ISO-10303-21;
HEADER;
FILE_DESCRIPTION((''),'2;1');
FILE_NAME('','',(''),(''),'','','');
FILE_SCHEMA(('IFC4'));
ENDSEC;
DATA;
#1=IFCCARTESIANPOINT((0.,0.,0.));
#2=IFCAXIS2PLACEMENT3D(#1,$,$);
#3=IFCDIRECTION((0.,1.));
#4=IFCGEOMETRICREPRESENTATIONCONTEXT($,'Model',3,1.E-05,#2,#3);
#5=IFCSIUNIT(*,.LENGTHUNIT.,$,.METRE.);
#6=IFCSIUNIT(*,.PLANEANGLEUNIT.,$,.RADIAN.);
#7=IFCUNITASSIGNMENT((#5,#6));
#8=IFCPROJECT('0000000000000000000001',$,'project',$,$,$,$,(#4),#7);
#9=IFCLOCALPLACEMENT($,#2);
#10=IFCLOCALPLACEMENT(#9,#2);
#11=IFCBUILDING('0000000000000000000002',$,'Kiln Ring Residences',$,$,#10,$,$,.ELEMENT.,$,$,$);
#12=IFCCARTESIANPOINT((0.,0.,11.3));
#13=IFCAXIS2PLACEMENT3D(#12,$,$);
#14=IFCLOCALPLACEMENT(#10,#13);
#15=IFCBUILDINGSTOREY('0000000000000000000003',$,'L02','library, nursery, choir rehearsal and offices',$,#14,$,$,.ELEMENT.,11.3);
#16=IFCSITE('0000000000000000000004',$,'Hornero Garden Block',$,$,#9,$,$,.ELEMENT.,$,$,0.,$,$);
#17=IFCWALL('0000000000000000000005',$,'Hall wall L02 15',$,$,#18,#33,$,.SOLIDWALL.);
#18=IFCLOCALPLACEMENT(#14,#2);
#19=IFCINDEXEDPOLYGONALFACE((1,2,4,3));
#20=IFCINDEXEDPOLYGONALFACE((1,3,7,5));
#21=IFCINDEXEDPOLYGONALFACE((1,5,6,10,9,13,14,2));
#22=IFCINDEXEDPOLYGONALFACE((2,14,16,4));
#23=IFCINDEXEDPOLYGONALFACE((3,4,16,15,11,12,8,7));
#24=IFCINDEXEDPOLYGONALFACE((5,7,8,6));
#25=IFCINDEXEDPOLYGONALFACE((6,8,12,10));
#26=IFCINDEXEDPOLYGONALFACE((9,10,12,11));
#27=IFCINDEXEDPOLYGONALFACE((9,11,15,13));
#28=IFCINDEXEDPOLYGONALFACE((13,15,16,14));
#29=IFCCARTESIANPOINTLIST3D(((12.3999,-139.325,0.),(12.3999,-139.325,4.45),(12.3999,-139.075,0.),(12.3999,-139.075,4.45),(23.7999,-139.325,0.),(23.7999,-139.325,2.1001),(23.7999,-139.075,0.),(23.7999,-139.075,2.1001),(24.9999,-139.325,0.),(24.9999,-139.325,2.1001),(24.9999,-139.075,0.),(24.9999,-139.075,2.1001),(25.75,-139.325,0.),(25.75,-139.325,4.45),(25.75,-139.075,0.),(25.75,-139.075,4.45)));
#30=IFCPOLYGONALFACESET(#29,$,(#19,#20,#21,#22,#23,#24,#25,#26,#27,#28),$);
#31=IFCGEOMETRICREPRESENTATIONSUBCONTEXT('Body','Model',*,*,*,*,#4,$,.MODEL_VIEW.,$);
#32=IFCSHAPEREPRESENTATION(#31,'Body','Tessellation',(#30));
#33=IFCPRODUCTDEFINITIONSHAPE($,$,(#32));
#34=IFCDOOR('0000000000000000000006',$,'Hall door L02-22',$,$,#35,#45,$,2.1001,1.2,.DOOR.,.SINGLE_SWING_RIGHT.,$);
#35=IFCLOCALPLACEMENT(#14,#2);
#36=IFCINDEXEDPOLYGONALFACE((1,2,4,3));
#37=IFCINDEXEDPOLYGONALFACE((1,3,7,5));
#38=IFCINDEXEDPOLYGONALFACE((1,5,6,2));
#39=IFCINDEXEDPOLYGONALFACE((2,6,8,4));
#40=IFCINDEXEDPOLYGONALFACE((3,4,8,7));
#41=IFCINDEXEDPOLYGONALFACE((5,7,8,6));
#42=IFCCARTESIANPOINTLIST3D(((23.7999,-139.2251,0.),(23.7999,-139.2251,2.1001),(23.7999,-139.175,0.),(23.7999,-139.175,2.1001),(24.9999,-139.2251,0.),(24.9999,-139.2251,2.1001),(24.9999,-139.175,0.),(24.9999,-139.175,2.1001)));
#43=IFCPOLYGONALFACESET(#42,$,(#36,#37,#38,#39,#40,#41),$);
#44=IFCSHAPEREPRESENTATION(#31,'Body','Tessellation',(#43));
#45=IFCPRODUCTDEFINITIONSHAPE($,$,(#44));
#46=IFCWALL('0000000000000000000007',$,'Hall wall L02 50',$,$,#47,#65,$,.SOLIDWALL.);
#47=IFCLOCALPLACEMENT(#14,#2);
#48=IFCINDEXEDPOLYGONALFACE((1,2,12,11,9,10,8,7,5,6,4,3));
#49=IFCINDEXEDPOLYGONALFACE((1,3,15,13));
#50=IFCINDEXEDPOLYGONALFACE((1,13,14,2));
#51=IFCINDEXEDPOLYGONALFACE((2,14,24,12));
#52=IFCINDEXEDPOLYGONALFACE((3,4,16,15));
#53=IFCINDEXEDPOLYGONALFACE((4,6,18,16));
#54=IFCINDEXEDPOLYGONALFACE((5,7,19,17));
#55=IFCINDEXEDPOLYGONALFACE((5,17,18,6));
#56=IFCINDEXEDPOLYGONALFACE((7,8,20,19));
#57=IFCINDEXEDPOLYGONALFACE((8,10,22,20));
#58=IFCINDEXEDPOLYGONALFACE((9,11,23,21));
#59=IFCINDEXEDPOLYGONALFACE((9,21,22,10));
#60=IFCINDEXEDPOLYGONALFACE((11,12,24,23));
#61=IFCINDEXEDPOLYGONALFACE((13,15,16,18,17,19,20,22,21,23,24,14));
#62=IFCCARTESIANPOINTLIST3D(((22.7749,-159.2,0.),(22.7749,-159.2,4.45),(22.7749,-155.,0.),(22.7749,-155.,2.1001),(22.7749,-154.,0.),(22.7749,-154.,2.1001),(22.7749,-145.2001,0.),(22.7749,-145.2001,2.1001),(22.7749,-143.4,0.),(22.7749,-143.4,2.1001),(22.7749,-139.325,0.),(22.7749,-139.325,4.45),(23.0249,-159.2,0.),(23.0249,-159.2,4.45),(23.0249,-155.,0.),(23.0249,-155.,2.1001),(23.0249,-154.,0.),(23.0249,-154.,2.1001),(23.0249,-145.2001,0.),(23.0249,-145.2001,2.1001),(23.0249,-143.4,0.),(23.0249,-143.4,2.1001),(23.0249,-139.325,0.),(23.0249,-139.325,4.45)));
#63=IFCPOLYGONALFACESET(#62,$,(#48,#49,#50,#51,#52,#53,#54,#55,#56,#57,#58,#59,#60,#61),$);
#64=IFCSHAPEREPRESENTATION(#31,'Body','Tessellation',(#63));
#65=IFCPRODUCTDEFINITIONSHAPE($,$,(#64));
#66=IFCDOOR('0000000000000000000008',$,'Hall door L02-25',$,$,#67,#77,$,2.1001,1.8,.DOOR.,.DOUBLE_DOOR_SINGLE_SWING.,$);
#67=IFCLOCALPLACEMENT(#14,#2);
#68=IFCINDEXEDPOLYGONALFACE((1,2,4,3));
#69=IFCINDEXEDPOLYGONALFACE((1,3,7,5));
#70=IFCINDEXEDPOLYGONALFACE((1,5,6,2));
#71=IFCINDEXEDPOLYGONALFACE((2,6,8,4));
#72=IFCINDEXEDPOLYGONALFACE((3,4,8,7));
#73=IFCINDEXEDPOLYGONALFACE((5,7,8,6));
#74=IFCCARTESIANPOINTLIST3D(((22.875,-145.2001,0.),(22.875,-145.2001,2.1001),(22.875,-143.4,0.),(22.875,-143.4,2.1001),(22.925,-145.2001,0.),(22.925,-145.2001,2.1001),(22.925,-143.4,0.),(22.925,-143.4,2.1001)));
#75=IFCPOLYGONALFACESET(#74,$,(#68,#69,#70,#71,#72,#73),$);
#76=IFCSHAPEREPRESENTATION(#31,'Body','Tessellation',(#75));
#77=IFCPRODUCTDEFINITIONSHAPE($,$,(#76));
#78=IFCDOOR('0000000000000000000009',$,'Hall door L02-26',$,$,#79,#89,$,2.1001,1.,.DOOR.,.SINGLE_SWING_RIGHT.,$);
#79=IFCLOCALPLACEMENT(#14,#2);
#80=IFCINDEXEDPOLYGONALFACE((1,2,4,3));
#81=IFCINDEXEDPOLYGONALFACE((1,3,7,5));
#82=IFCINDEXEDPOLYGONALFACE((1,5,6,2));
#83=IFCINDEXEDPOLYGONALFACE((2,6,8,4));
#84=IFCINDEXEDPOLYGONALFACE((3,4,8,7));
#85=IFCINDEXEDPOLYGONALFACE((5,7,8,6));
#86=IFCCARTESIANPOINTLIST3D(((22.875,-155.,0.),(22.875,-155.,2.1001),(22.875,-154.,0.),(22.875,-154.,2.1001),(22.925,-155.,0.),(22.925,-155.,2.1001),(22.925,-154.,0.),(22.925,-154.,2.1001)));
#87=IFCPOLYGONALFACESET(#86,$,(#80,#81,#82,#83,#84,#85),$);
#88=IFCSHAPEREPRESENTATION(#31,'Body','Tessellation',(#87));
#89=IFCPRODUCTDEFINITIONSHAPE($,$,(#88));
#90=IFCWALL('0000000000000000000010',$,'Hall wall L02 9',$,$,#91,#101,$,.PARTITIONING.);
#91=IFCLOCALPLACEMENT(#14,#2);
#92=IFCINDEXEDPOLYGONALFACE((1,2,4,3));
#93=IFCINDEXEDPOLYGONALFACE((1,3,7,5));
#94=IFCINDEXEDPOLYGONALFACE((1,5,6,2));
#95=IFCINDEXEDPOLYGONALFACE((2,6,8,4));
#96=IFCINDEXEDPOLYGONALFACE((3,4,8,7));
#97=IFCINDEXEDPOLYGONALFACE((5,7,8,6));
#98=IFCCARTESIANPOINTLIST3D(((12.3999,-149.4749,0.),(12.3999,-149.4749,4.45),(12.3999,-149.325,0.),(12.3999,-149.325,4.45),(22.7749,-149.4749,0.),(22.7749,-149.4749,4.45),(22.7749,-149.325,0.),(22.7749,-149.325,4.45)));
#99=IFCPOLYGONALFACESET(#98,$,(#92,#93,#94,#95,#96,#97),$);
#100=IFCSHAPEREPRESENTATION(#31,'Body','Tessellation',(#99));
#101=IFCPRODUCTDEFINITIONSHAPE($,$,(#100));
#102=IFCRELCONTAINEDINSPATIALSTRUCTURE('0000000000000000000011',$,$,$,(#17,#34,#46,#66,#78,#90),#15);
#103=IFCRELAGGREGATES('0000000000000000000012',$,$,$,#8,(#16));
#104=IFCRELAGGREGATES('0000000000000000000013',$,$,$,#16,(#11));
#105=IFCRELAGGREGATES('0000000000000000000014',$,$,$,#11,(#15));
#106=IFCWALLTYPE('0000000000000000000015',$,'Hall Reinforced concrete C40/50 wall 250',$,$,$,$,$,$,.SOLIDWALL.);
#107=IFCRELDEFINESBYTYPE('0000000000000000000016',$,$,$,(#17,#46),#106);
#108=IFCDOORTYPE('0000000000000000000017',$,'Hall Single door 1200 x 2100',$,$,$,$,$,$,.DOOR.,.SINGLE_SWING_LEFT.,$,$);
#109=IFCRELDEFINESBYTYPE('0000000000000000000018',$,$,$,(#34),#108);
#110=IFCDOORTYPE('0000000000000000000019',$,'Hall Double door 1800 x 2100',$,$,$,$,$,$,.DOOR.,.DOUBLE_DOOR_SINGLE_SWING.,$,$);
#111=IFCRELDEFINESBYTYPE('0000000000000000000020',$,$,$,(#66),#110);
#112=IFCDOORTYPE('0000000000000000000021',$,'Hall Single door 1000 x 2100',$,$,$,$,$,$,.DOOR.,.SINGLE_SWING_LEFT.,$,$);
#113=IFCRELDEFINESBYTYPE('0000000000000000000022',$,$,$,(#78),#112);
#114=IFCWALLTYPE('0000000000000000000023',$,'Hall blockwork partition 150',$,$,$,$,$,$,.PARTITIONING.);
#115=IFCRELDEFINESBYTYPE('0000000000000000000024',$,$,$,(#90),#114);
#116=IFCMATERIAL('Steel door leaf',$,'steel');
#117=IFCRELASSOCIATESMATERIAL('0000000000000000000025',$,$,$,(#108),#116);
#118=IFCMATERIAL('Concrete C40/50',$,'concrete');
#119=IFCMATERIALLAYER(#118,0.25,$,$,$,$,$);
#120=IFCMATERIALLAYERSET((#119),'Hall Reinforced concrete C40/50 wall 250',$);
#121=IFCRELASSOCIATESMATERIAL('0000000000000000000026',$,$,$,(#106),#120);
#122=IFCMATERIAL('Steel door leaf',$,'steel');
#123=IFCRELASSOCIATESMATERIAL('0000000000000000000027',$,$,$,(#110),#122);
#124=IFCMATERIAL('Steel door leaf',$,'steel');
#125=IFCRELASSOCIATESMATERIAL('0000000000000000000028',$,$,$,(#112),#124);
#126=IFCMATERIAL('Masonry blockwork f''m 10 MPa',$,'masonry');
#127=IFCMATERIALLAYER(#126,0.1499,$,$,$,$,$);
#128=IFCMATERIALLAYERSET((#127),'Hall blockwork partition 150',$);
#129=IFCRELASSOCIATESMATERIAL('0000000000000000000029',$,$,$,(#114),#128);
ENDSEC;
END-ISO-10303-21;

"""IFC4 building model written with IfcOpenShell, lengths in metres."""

from ifc_helpers import new_model, si_unit, direction, frame, frame_2d, origin, place, context, subcontext, project, spatial, rectangle, extrude, material, layer, layer_set, type_object, element, fill, save


model = new_model("IFC4")

# Units and contexts
model_context = context("Model", 3, precision=1e-05, world=origin(), true_north=direction((0.0, 1.0)))
body_context = subcontext(model_context, "Body", "Model", "MODEL_VIEW")
ifc_project = project(units=[si_unit("LENGTHUNIT", "METRE"), si_unit("PLANEANGLEUNIT", "RADIAN")], contexts=[model_context])

# Site, building, storey
site_placement = place(None, origin())
site = spatial("IfcSite", under=ifc_project, at=site_placement, Name="Hornero Garden Block", CompositionType="ELEMENT", RefElevation=0.0)
building_placement = place(site_placement, origin())
building = spatial("IfcBuilding", under=site, at=building_placement, Name="Kiln Ring Residences", CompositionType="ELEMENT")
storey_placement = place(building_placement, frame((0.0, 0.0, 11.3)))
storey = spatial("IfcBuildingStorey", under=building, at=storey_placement, Name="L02", Description="library, nursery, choir rehearsal and offices", CompositionType="ELEMENT", Elevation=11.3)

# Shared definitions
ifc_material_1 = material(Name="Steel door leaf", Category="steel")
door_type_1 = type_object("IfcDoorType", Name="Hall Single door 1200 x 2100", OperationType="SINGLE_SWING_LEFT", PredefinedType="DOOR", material=ifc_material_1)

# Wall, opening, door
ifc_material_2 = material(Name="Concrete C40/50", Category="concrete")
ifc_layer_1 = layer(ifc_material_2, 0.25)
ifc_layer_set_1 = layer_set([ifc_layer_1], Name="Hall Reinforced concrete C40/50 wall 250")
wall_type_1 = type_object("IfcWallType", Name="Hall Reinforced concrete C40/50 wall 250", PredefinedType="SOLIDWALL", material=ifc_layer_set_1)
wall_1_placement = place(storey_placement, frame((12.3999, -139.2, 0.0), z_axis=(0.0, 0.0, 1.0), x_axis=(1.0, 0.0, 0.0)))
wall_1 = element("IfcWall", 1, at=wall_1_placement, inside=storey, type_object=wall_type_1, Name="Hall wall L02 15", PredefinedType="SOLIDWALL", context=body_context, shape_type="SweptSolid", body=[
    extrude(rectangle(XDim=13.3501, YDim=0.25, at=frame_2d((6.675, 0.0))), origin(), (0.0, 0.0, 1.0), 4.45),
])
opening_1_placement = place(wall_1_placement, frame((11.3999, 0.0, 0.0)))
opening_1 = element("IfcOpeningElement", 2, at=opening_1_placement, cuts=wall_1, PredefinedType="OPENING", context=body_context, shape_type="SweptSolid", body=[
    extrude(rectangle(XDim=1.2, YDim=2.1001, at=frame_2d((0.6001, 1.05))), frame((0.0, 0.135, 0.0), z_axis=(0.0, -1.0, 0.0), x_axis=(1.0, 0.0, 0.0)), (0.0, 0.0, 1.0), 0.27),
])
door_1_placement = place(opening_1_placement, origin())
door_1 = element("IfcDoor", 3, at=door_1_placement, inside=storey, type_object=door_type_1, Name="Hall door L02-22", OperationType="SINGLE_SWING_RIGHT", OverallHeight=2.1001, OverallWidth=1.2, PredefinedType="DOOR", context=body_context, shape_type="SweptSolid", body=[
    extrude(rectangle(XDim=1.2, YDim=2.1001, at=frame_2d((0.6001, 1.05))), frame((0.0, 0.0249, 0.0), z_axis=(0.0, -1.0, 0.0), x_axis=(1.0, 0.0, 0.0)), (0.0, 0.0, 1.0), 0.05),
])
fill(opening_1, door_1)

# Wall, openings, doors
wall_2_placement = place(storey_placement, frame((22.8999, -159.2, 0.0), z_axis=(0.0, 0.0, 1.0), x_axis=(0.0, 1.0, 0.0)))
wall_2 = element("IfcWall", 4, at=wall_2_placement, inside=storey, type_object=wall_type_1, Name="Hall wall L02 50", PredefinedType="SOLIDWALL", context=body_context, shape_type="SweptSolid", body=[
    extrude(rectangle(XDim=19.875, YDim=0.25, at=frame_2d((9.9375, 0.0))), origin(), (0.0, 0.0, 1.0), 4.45),
])
opening_2_placement = place(wall_2_placement, frame((14.0, 0.0, 0.0)))
opening_2 = element("IfcOpeningElement", 5, at=opening_2_placement, cuts=wall_2, PredefinedType="OPENING", context=body_context, shape_type="SweptSolid", body=[
    extrude(rectangle(XDim=1.8, YDim=2.1001, at=frame_2d((0.8999, 1.05))), frame((0.0, 0.135, 0.0), z_axis=(0.0, -1.0, 0.0), x_axis=(1.0, 0.0, 0.0)), (0.0, 0.0, 1.0), 0.27),
])
opening_3_placement = place(wall_2_placement, frame((4.2, 0.0, 0.0)))
opening_3 = element("IfcOpeningElement", 6, at=opening_3_placement, cuts=wall_2, PredefinedType="OPENING", context=body_context, shape_type="SweptSolid", body=[
    extrude(rectangle(XDim=1.0, YDim=2.1001, at=frame_2d((0.5, 1.05))), frame((0.0, 0.135, 0.0), z_axis=(0.0, -1.0, 0.0), x_axis=(1.0, 0.0, 0.0)), (0.0, 0.0, 1.0), 0.27),
])
ifc_material_3 = material(Name="Steel door leaf", Category="steel")
door_type_2 = type_object("IfcDoorType", Name="Hall Double door 1800 x 2100", OperationType="DOUBLE_DOOR_SINGLE_SWING", PredefinedType="DOOR", material=ifc_material_3)
door_2_placement = place(opening_2_placement, origin())
door_2 = element("IfcDoor", 7, at=door_2_placement, inside=storey, type_object=door_type_2, Name="Hall door L02-25", OperationType="DOUBLE_DOOR_SINGLE_SWING", OverallHeight=2.1001, OverallWidth=1.8, PredefinedType="DOOR", context=body_context, shape_type="SweptSolid", body=[
    extrude(rectangle(XDim=1.8, YDim=2.1001, at=frame_2d((0.8999, 1.05))), frame((0.0, 0.0249, 0.0), z_axis=(0.0, -1.0, 0.0), x_axis=(1.0, 0.0, 0.0)), (0.0, 0.0, 1.0), 0.05),
])
fill(opening_2, door_2)
ifc_material_4 = material(Name="Steel door leaf", Category="steel")
door_type_3 = type_object("IfcDoorType", Name="Hall Single door 1000 x 2100", OperationType="SINGLE_SWING_LEFT", PredefinedType="DOOR", material=ifc_material_4)
door_3_placement = place(opening_3_placement, origin())
door_3 = element("IfcDoor", 8, at=door_3_placement, inside=storey, type_object=door_type_3, Name="Hall door L02-26", OperationType="SINGLE_SWING_RIGHT", OverallHeight=2.1001, OverallWidth=1.0, PredefinedType="DOOR", context=body_context, shape_type="SweptSolid", body=[
    extrude(rectangle(XDim=1.0, YDim=2.1001, at=frame_2d((0.5, 1.05))), frame((0.0, 0.0249, 0.0), z_axis=(0.0, -1.0, 0.0), x_axis=(1.0, 0.0, 0.0)), (0.0, 0.0, 1.0), 0.05),
])
fill(opening_3, door_3)

# Wall
ifc_material_5 = material(Name="Masonry blockwork f'm 10 MPa", Category="masonry")
ifc_layer_2 = layer(ifc_material_5, 0.1499)
ifc_layer_set_2 = layer_set([ifc_layer_2], Name="Hall blockwork partition 150")
wall_type_2 = type_object("IfcWallType", Name="Hall blockwork partition 150", PredefinedType="PARTITIONING", material=ifc_layer_set_2)
wall_3_placement = place(storey_placement, frame((12.3999, -149.3999, 0.0), z_axis=(0.0, 0.0, 1.0), x_axis=(1.0, 0.0, 0.0)))
element("IfcWall", 9, at=wall_3_placement, inside=storey, type_object=wall_type_2, Name="Hall wall L02 9", PredefinedType="PARTITIONING", context=body_context, shape_type="SweptSolid", body=[
    extrude(rectangle(XDim=10.375, YDim=0.1499, at=frame_2d((5.1875, 0.0))), origin(), (0.0, 0.0, 1.0), 4.45),
])

save(model, "model.ifc")
